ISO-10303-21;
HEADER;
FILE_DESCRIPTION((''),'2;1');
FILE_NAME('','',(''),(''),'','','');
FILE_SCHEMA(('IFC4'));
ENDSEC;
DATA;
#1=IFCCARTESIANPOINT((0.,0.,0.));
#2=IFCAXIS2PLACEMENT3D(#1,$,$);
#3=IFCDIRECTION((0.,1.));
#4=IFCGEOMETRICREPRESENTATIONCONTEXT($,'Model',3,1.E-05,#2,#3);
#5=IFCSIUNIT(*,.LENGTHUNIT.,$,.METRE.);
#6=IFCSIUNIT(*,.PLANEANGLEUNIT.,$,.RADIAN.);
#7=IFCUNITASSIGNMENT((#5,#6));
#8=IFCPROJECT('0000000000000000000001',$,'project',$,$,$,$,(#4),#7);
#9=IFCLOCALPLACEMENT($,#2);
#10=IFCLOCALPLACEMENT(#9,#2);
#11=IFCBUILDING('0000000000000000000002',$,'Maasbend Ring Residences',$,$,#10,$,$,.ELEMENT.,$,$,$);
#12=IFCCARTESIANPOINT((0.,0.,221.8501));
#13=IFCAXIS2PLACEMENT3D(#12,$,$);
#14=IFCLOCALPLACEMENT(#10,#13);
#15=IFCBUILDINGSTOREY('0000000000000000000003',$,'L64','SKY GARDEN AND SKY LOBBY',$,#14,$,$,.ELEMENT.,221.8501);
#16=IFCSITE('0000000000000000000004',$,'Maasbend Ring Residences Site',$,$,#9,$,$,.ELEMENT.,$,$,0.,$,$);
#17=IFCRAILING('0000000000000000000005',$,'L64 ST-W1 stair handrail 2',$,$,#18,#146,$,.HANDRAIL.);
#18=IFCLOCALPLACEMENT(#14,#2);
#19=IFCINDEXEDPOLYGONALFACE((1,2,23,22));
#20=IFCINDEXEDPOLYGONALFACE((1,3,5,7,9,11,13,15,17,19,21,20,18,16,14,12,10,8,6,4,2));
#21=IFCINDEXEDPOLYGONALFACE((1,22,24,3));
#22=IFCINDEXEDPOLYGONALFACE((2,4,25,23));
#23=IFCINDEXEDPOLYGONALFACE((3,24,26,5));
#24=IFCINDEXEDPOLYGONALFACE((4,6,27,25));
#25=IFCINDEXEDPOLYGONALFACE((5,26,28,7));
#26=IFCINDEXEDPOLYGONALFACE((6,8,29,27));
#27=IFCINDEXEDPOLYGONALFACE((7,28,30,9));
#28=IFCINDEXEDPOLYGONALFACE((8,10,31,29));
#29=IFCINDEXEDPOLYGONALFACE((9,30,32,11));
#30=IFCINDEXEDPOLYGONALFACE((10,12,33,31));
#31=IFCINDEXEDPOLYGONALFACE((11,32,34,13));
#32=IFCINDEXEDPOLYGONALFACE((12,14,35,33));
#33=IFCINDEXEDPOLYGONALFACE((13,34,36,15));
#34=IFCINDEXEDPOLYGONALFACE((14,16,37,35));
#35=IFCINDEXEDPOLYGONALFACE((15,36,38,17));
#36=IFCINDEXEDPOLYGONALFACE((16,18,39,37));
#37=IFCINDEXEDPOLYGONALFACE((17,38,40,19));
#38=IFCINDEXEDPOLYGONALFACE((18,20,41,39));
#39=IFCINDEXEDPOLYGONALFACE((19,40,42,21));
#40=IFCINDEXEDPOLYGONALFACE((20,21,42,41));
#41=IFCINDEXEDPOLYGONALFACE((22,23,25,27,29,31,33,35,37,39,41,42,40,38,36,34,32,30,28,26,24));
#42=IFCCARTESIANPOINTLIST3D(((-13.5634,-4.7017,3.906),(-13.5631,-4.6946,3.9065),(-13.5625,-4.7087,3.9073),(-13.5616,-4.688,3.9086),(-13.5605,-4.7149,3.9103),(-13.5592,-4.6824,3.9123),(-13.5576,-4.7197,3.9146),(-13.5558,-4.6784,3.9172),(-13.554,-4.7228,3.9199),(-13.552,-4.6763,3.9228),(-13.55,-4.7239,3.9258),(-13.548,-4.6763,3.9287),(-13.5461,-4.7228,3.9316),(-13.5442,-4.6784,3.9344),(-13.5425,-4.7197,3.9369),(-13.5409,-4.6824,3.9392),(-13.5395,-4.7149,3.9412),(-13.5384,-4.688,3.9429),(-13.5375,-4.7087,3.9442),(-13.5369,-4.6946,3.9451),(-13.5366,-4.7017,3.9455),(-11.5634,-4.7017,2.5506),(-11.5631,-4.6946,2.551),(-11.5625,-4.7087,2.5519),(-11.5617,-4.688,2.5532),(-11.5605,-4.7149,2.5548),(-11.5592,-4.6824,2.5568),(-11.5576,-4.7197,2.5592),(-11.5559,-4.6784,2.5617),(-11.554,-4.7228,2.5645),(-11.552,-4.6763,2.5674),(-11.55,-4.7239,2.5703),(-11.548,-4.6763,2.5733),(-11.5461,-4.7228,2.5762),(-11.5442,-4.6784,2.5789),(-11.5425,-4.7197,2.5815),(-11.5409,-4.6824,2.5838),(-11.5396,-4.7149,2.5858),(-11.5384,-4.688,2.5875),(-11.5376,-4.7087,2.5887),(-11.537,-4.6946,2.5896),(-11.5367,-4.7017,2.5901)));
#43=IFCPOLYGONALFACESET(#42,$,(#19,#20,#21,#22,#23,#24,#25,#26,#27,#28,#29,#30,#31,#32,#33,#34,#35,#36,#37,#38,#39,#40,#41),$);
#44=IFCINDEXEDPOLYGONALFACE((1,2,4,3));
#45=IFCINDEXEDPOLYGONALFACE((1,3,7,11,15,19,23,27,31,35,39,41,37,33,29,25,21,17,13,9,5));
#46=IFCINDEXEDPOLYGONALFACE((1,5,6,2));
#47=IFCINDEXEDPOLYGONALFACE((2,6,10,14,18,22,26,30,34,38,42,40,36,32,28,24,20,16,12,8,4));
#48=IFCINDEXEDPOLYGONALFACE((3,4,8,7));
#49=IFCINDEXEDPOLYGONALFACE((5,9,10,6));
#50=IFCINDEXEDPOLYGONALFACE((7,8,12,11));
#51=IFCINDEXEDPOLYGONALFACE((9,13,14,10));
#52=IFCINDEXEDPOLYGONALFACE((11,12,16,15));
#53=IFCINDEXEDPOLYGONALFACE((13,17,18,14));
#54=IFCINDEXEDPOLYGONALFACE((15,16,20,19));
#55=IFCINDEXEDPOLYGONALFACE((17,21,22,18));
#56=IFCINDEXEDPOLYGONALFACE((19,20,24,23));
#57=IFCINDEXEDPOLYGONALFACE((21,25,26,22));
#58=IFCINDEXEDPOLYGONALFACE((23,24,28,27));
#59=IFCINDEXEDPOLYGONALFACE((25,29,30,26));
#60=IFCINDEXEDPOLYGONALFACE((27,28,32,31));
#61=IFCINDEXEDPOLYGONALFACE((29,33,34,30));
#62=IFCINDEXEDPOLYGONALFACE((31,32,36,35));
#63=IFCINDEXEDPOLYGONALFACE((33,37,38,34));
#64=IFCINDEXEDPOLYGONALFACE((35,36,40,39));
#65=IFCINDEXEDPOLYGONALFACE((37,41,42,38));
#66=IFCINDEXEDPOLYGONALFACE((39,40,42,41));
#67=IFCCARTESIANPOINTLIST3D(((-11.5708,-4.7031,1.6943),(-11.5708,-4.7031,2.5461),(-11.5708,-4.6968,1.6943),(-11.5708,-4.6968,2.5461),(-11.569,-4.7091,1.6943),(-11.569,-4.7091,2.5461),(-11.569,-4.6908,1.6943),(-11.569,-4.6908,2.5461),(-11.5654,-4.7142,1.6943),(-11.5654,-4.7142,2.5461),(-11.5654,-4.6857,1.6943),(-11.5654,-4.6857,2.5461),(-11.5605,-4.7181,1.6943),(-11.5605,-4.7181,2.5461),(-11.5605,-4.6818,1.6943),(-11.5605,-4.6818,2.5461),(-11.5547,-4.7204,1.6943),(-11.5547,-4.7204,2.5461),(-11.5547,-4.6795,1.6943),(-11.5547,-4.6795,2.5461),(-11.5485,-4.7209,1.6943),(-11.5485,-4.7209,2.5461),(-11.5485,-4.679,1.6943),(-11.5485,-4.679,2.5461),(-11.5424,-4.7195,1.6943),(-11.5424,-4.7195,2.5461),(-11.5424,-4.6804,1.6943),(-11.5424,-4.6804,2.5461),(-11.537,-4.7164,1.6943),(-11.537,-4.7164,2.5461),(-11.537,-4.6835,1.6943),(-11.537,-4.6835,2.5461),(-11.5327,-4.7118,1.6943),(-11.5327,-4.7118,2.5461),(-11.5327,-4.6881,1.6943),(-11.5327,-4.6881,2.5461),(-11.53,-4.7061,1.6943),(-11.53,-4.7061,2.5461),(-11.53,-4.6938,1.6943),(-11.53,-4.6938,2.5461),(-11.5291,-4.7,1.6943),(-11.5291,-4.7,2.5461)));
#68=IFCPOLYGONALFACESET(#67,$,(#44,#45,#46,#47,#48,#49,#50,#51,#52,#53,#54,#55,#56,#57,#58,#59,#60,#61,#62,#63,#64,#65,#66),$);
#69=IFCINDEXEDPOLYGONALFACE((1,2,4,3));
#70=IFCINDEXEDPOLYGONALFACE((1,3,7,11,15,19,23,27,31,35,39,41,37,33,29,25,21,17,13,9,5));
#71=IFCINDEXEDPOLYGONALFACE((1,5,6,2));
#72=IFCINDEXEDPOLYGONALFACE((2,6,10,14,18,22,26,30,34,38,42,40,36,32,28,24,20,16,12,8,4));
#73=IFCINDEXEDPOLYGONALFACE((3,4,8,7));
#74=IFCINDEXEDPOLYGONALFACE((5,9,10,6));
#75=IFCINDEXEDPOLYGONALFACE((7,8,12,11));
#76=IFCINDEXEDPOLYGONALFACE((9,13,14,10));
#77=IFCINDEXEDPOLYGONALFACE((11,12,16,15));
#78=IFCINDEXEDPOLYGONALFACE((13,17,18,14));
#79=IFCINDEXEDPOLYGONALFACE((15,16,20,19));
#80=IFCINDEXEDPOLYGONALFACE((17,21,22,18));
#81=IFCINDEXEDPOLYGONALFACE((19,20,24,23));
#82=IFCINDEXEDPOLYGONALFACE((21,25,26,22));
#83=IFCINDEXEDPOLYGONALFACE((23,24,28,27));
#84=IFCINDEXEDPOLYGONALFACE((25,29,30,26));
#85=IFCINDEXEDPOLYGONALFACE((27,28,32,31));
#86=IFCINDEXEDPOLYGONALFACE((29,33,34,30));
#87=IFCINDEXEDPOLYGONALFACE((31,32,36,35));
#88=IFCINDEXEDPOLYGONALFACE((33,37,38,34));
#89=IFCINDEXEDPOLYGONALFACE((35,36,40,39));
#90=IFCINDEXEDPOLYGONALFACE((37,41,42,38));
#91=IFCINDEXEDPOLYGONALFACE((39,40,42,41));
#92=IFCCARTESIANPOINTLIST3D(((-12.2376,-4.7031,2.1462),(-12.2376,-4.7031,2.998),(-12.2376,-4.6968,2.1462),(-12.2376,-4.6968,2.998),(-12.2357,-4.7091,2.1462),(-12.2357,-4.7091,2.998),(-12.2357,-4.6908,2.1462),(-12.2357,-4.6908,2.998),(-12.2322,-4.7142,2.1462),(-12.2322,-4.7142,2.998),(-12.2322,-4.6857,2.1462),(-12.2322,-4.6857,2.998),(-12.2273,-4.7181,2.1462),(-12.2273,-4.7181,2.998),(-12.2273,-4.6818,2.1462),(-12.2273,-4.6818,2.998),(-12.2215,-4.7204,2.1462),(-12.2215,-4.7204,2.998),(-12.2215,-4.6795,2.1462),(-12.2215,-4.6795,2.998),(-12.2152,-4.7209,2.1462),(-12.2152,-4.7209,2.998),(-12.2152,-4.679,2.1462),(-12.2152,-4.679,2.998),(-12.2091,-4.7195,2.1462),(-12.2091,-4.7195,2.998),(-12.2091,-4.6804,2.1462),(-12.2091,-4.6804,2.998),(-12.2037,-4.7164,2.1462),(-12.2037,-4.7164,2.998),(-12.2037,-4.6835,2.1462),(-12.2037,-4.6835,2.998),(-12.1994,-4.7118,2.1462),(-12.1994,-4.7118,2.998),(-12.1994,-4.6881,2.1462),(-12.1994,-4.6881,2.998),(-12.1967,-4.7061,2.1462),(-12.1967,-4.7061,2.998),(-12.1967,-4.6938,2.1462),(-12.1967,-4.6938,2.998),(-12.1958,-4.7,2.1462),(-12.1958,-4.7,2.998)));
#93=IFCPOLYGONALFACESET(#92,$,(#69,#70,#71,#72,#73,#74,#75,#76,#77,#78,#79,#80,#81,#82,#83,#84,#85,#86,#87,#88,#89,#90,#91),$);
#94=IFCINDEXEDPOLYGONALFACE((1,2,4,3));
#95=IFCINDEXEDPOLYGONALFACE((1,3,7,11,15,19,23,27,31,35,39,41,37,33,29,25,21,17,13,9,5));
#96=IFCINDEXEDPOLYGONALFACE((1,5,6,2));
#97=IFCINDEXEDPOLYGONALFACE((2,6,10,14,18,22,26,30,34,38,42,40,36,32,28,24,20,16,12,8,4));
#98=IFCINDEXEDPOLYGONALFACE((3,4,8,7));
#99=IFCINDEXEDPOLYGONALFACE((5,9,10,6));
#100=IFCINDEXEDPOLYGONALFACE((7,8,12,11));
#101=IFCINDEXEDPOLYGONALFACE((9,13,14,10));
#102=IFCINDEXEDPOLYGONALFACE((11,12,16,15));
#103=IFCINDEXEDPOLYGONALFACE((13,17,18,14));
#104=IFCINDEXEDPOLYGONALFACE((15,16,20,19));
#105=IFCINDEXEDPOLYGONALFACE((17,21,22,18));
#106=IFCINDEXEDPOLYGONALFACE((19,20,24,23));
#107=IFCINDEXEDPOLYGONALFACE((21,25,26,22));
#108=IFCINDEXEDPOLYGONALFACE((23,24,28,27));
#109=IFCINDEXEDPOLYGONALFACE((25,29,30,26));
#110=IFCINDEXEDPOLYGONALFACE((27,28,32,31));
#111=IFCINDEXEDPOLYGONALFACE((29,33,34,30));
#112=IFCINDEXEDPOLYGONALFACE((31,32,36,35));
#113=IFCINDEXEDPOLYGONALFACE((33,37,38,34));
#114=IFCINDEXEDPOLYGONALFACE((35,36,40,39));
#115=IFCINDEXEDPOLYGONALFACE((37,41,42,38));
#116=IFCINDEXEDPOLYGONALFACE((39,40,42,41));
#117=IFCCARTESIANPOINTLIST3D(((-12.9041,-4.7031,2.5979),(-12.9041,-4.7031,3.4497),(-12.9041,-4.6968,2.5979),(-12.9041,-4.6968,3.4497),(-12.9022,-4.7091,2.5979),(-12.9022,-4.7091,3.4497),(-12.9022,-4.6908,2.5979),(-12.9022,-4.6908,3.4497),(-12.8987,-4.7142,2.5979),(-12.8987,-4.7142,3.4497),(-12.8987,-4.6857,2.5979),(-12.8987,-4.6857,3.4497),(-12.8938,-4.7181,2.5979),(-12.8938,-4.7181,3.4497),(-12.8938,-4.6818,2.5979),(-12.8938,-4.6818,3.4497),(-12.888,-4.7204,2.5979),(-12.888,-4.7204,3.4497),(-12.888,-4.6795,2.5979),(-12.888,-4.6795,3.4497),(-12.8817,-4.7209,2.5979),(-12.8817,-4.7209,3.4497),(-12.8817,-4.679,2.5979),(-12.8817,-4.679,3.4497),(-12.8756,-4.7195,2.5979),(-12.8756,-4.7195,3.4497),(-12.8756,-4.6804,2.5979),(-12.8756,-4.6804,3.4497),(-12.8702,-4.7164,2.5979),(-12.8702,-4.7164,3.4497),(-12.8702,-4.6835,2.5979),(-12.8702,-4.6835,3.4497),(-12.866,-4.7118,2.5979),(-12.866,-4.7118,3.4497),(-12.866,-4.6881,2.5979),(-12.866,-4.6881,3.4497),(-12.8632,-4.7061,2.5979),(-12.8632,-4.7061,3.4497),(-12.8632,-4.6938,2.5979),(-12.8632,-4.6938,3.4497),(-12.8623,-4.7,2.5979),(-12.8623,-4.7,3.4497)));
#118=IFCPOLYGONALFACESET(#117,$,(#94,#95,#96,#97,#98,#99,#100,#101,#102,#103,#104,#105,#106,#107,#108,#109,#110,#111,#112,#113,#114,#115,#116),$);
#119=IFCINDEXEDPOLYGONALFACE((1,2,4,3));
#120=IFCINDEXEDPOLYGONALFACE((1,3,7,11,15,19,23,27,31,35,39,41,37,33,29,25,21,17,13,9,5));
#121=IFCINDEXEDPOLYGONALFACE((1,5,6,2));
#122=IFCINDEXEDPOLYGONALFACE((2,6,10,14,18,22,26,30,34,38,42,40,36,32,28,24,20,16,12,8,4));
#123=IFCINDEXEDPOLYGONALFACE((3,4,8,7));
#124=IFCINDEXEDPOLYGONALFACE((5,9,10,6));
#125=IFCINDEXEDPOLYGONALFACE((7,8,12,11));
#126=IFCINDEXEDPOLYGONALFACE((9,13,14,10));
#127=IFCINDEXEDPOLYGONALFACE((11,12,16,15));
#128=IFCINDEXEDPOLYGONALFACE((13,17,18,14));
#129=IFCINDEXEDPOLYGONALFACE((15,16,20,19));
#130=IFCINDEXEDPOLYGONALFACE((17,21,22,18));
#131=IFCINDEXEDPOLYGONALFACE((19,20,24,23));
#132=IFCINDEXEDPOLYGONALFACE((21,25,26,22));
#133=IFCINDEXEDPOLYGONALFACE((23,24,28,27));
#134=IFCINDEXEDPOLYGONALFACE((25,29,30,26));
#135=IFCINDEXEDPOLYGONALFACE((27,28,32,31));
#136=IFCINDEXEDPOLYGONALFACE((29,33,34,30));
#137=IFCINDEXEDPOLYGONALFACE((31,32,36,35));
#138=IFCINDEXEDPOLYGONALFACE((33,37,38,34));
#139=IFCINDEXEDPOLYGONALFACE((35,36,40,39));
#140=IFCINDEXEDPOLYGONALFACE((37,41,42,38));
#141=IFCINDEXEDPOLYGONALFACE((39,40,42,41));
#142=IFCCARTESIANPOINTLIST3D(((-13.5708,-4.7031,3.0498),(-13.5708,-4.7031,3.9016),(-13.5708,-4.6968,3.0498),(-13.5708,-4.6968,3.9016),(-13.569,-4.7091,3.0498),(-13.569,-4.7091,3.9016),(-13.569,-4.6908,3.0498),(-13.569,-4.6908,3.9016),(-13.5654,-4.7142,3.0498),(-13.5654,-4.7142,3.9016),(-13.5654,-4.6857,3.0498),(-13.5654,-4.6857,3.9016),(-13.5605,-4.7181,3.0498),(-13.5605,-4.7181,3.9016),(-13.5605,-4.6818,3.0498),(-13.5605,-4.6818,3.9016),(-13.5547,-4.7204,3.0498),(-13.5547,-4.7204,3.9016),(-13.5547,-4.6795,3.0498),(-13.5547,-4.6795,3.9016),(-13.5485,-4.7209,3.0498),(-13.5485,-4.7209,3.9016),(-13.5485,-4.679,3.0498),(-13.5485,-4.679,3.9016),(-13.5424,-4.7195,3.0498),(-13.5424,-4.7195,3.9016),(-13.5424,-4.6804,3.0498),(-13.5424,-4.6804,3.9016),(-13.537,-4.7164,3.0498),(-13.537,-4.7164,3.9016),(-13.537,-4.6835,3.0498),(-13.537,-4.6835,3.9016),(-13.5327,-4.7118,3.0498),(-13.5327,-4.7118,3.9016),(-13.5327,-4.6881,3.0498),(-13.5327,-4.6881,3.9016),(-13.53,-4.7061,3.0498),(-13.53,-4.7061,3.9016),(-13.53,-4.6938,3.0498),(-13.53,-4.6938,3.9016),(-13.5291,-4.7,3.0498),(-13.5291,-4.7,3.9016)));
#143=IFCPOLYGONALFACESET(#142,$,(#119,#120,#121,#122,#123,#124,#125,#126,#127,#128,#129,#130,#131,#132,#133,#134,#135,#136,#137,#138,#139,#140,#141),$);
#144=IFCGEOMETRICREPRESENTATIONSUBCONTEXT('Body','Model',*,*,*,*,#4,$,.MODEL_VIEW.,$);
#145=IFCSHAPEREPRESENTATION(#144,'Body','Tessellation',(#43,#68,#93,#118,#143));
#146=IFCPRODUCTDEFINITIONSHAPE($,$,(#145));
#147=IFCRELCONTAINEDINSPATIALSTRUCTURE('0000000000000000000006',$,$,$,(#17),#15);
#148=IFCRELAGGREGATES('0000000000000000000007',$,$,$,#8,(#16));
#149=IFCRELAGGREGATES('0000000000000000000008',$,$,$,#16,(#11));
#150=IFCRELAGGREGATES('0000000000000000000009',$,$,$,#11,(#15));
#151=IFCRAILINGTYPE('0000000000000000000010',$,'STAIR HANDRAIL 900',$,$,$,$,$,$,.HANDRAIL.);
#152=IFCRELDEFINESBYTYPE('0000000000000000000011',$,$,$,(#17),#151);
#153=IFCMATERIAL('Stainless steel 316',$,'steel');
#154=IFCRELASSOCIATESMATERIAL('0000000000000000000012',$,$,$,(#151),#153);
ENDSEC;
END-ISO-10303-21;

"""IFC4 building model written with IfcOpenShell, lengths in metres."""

from ifc_helpers import new_model, si_unit, direction, frame, origin, origin_2d, place, context, subcontext, project, spatial, circle, extrude, material, type_object, element, save


model = new_model("IFC4")

# Units and contexts
model_context = context("Model", 3, precision=1e-05, world=origin(), true_north=direction((0.0, 1.0)))
body_context = subcontext(model_context, "Body", "Model", "MODEL_VIEW")
ifc_project = project(units=[si_unit("LENGTHUNIT", "METRE"), si_unit("PLANEANGLEUNIT", "RADIAN")], contexts=[model_context])

# Site, building, storey
site_placement = place(None, origin())
site = spatial("IfcSite", under=ifc_project, at=site_placement, Name="Maasbend Ring Residences Site", CompositionType="ELEMENT", RefElevation=0.0)
building_placement = place(site_placement, origin())
building = spatial("IfcBuilding", under=site, at=building_placement, Name="Maasbend Ring Residences", CompositionType="ELEMENT")
storey_placement = place(building_placement, frame((0.0, 0.0, 221.8501)))
storey = spatial("IfcBuildingStorey", under=building, at=storey_placement, Name="L64", Description="SKY GARDEN AND SKY LOBBY", CompositionType="ELEMENT", Elevation=221.8501)

# Railing
ifc_material_1 = material(Name="Stainless steel 316", Category="steel")
railing_type_1 = type_object("IfcRailingType", Name="STAIR HANDRAIL 900", PredefinedType="HANDRAIL", material=ifc_material_1)
railing_1_placement = place(storey_placement, frame((-11.55, -4.7, 1.6943)))
element("IfcRailing", 1, at=railing_1_placement, inside=storey, type_object=railing_type_1, Name="L64 ST-W1 stair handrail 2", PredefinedType="HANDRAIL", context=body_context, shape_type="SweptSolid", body=[
    extrude(circle(Radius=0.0239, at=origin_2d()), frame((0.0, 0.0, 0.876), z_axis=(-0.827798, 0.0, 0.561027), x_axis=(0.0, -1.0, 0.0)), (0.0, 0.0, 1.0), 2.416),
    extrude(circle(Radius=0.021, at=origin_2d()), origin(), (0.0, 0.0, 1.0), 0.8518),
    extrude(circle(Radius=0.021, at=origin_2d()), frame((-0.6667, 0.0, 0.4519)), (0.0, 0.0, 1.0), 0.8518),
    extrude(circle(Radius=0.021, at=origin_2d()), frame((-1.3333, 0.0, 0.9036)), (0.0, 0.0, 1.0), 0.8518),
    extrude(circle(Radius=0.021, at=origin_2d()), frame((-2.0, 0.0, 1.3555)), (0.0, 0.0, 1.0), 0.8518),
])

save(model, "model.ifc")
